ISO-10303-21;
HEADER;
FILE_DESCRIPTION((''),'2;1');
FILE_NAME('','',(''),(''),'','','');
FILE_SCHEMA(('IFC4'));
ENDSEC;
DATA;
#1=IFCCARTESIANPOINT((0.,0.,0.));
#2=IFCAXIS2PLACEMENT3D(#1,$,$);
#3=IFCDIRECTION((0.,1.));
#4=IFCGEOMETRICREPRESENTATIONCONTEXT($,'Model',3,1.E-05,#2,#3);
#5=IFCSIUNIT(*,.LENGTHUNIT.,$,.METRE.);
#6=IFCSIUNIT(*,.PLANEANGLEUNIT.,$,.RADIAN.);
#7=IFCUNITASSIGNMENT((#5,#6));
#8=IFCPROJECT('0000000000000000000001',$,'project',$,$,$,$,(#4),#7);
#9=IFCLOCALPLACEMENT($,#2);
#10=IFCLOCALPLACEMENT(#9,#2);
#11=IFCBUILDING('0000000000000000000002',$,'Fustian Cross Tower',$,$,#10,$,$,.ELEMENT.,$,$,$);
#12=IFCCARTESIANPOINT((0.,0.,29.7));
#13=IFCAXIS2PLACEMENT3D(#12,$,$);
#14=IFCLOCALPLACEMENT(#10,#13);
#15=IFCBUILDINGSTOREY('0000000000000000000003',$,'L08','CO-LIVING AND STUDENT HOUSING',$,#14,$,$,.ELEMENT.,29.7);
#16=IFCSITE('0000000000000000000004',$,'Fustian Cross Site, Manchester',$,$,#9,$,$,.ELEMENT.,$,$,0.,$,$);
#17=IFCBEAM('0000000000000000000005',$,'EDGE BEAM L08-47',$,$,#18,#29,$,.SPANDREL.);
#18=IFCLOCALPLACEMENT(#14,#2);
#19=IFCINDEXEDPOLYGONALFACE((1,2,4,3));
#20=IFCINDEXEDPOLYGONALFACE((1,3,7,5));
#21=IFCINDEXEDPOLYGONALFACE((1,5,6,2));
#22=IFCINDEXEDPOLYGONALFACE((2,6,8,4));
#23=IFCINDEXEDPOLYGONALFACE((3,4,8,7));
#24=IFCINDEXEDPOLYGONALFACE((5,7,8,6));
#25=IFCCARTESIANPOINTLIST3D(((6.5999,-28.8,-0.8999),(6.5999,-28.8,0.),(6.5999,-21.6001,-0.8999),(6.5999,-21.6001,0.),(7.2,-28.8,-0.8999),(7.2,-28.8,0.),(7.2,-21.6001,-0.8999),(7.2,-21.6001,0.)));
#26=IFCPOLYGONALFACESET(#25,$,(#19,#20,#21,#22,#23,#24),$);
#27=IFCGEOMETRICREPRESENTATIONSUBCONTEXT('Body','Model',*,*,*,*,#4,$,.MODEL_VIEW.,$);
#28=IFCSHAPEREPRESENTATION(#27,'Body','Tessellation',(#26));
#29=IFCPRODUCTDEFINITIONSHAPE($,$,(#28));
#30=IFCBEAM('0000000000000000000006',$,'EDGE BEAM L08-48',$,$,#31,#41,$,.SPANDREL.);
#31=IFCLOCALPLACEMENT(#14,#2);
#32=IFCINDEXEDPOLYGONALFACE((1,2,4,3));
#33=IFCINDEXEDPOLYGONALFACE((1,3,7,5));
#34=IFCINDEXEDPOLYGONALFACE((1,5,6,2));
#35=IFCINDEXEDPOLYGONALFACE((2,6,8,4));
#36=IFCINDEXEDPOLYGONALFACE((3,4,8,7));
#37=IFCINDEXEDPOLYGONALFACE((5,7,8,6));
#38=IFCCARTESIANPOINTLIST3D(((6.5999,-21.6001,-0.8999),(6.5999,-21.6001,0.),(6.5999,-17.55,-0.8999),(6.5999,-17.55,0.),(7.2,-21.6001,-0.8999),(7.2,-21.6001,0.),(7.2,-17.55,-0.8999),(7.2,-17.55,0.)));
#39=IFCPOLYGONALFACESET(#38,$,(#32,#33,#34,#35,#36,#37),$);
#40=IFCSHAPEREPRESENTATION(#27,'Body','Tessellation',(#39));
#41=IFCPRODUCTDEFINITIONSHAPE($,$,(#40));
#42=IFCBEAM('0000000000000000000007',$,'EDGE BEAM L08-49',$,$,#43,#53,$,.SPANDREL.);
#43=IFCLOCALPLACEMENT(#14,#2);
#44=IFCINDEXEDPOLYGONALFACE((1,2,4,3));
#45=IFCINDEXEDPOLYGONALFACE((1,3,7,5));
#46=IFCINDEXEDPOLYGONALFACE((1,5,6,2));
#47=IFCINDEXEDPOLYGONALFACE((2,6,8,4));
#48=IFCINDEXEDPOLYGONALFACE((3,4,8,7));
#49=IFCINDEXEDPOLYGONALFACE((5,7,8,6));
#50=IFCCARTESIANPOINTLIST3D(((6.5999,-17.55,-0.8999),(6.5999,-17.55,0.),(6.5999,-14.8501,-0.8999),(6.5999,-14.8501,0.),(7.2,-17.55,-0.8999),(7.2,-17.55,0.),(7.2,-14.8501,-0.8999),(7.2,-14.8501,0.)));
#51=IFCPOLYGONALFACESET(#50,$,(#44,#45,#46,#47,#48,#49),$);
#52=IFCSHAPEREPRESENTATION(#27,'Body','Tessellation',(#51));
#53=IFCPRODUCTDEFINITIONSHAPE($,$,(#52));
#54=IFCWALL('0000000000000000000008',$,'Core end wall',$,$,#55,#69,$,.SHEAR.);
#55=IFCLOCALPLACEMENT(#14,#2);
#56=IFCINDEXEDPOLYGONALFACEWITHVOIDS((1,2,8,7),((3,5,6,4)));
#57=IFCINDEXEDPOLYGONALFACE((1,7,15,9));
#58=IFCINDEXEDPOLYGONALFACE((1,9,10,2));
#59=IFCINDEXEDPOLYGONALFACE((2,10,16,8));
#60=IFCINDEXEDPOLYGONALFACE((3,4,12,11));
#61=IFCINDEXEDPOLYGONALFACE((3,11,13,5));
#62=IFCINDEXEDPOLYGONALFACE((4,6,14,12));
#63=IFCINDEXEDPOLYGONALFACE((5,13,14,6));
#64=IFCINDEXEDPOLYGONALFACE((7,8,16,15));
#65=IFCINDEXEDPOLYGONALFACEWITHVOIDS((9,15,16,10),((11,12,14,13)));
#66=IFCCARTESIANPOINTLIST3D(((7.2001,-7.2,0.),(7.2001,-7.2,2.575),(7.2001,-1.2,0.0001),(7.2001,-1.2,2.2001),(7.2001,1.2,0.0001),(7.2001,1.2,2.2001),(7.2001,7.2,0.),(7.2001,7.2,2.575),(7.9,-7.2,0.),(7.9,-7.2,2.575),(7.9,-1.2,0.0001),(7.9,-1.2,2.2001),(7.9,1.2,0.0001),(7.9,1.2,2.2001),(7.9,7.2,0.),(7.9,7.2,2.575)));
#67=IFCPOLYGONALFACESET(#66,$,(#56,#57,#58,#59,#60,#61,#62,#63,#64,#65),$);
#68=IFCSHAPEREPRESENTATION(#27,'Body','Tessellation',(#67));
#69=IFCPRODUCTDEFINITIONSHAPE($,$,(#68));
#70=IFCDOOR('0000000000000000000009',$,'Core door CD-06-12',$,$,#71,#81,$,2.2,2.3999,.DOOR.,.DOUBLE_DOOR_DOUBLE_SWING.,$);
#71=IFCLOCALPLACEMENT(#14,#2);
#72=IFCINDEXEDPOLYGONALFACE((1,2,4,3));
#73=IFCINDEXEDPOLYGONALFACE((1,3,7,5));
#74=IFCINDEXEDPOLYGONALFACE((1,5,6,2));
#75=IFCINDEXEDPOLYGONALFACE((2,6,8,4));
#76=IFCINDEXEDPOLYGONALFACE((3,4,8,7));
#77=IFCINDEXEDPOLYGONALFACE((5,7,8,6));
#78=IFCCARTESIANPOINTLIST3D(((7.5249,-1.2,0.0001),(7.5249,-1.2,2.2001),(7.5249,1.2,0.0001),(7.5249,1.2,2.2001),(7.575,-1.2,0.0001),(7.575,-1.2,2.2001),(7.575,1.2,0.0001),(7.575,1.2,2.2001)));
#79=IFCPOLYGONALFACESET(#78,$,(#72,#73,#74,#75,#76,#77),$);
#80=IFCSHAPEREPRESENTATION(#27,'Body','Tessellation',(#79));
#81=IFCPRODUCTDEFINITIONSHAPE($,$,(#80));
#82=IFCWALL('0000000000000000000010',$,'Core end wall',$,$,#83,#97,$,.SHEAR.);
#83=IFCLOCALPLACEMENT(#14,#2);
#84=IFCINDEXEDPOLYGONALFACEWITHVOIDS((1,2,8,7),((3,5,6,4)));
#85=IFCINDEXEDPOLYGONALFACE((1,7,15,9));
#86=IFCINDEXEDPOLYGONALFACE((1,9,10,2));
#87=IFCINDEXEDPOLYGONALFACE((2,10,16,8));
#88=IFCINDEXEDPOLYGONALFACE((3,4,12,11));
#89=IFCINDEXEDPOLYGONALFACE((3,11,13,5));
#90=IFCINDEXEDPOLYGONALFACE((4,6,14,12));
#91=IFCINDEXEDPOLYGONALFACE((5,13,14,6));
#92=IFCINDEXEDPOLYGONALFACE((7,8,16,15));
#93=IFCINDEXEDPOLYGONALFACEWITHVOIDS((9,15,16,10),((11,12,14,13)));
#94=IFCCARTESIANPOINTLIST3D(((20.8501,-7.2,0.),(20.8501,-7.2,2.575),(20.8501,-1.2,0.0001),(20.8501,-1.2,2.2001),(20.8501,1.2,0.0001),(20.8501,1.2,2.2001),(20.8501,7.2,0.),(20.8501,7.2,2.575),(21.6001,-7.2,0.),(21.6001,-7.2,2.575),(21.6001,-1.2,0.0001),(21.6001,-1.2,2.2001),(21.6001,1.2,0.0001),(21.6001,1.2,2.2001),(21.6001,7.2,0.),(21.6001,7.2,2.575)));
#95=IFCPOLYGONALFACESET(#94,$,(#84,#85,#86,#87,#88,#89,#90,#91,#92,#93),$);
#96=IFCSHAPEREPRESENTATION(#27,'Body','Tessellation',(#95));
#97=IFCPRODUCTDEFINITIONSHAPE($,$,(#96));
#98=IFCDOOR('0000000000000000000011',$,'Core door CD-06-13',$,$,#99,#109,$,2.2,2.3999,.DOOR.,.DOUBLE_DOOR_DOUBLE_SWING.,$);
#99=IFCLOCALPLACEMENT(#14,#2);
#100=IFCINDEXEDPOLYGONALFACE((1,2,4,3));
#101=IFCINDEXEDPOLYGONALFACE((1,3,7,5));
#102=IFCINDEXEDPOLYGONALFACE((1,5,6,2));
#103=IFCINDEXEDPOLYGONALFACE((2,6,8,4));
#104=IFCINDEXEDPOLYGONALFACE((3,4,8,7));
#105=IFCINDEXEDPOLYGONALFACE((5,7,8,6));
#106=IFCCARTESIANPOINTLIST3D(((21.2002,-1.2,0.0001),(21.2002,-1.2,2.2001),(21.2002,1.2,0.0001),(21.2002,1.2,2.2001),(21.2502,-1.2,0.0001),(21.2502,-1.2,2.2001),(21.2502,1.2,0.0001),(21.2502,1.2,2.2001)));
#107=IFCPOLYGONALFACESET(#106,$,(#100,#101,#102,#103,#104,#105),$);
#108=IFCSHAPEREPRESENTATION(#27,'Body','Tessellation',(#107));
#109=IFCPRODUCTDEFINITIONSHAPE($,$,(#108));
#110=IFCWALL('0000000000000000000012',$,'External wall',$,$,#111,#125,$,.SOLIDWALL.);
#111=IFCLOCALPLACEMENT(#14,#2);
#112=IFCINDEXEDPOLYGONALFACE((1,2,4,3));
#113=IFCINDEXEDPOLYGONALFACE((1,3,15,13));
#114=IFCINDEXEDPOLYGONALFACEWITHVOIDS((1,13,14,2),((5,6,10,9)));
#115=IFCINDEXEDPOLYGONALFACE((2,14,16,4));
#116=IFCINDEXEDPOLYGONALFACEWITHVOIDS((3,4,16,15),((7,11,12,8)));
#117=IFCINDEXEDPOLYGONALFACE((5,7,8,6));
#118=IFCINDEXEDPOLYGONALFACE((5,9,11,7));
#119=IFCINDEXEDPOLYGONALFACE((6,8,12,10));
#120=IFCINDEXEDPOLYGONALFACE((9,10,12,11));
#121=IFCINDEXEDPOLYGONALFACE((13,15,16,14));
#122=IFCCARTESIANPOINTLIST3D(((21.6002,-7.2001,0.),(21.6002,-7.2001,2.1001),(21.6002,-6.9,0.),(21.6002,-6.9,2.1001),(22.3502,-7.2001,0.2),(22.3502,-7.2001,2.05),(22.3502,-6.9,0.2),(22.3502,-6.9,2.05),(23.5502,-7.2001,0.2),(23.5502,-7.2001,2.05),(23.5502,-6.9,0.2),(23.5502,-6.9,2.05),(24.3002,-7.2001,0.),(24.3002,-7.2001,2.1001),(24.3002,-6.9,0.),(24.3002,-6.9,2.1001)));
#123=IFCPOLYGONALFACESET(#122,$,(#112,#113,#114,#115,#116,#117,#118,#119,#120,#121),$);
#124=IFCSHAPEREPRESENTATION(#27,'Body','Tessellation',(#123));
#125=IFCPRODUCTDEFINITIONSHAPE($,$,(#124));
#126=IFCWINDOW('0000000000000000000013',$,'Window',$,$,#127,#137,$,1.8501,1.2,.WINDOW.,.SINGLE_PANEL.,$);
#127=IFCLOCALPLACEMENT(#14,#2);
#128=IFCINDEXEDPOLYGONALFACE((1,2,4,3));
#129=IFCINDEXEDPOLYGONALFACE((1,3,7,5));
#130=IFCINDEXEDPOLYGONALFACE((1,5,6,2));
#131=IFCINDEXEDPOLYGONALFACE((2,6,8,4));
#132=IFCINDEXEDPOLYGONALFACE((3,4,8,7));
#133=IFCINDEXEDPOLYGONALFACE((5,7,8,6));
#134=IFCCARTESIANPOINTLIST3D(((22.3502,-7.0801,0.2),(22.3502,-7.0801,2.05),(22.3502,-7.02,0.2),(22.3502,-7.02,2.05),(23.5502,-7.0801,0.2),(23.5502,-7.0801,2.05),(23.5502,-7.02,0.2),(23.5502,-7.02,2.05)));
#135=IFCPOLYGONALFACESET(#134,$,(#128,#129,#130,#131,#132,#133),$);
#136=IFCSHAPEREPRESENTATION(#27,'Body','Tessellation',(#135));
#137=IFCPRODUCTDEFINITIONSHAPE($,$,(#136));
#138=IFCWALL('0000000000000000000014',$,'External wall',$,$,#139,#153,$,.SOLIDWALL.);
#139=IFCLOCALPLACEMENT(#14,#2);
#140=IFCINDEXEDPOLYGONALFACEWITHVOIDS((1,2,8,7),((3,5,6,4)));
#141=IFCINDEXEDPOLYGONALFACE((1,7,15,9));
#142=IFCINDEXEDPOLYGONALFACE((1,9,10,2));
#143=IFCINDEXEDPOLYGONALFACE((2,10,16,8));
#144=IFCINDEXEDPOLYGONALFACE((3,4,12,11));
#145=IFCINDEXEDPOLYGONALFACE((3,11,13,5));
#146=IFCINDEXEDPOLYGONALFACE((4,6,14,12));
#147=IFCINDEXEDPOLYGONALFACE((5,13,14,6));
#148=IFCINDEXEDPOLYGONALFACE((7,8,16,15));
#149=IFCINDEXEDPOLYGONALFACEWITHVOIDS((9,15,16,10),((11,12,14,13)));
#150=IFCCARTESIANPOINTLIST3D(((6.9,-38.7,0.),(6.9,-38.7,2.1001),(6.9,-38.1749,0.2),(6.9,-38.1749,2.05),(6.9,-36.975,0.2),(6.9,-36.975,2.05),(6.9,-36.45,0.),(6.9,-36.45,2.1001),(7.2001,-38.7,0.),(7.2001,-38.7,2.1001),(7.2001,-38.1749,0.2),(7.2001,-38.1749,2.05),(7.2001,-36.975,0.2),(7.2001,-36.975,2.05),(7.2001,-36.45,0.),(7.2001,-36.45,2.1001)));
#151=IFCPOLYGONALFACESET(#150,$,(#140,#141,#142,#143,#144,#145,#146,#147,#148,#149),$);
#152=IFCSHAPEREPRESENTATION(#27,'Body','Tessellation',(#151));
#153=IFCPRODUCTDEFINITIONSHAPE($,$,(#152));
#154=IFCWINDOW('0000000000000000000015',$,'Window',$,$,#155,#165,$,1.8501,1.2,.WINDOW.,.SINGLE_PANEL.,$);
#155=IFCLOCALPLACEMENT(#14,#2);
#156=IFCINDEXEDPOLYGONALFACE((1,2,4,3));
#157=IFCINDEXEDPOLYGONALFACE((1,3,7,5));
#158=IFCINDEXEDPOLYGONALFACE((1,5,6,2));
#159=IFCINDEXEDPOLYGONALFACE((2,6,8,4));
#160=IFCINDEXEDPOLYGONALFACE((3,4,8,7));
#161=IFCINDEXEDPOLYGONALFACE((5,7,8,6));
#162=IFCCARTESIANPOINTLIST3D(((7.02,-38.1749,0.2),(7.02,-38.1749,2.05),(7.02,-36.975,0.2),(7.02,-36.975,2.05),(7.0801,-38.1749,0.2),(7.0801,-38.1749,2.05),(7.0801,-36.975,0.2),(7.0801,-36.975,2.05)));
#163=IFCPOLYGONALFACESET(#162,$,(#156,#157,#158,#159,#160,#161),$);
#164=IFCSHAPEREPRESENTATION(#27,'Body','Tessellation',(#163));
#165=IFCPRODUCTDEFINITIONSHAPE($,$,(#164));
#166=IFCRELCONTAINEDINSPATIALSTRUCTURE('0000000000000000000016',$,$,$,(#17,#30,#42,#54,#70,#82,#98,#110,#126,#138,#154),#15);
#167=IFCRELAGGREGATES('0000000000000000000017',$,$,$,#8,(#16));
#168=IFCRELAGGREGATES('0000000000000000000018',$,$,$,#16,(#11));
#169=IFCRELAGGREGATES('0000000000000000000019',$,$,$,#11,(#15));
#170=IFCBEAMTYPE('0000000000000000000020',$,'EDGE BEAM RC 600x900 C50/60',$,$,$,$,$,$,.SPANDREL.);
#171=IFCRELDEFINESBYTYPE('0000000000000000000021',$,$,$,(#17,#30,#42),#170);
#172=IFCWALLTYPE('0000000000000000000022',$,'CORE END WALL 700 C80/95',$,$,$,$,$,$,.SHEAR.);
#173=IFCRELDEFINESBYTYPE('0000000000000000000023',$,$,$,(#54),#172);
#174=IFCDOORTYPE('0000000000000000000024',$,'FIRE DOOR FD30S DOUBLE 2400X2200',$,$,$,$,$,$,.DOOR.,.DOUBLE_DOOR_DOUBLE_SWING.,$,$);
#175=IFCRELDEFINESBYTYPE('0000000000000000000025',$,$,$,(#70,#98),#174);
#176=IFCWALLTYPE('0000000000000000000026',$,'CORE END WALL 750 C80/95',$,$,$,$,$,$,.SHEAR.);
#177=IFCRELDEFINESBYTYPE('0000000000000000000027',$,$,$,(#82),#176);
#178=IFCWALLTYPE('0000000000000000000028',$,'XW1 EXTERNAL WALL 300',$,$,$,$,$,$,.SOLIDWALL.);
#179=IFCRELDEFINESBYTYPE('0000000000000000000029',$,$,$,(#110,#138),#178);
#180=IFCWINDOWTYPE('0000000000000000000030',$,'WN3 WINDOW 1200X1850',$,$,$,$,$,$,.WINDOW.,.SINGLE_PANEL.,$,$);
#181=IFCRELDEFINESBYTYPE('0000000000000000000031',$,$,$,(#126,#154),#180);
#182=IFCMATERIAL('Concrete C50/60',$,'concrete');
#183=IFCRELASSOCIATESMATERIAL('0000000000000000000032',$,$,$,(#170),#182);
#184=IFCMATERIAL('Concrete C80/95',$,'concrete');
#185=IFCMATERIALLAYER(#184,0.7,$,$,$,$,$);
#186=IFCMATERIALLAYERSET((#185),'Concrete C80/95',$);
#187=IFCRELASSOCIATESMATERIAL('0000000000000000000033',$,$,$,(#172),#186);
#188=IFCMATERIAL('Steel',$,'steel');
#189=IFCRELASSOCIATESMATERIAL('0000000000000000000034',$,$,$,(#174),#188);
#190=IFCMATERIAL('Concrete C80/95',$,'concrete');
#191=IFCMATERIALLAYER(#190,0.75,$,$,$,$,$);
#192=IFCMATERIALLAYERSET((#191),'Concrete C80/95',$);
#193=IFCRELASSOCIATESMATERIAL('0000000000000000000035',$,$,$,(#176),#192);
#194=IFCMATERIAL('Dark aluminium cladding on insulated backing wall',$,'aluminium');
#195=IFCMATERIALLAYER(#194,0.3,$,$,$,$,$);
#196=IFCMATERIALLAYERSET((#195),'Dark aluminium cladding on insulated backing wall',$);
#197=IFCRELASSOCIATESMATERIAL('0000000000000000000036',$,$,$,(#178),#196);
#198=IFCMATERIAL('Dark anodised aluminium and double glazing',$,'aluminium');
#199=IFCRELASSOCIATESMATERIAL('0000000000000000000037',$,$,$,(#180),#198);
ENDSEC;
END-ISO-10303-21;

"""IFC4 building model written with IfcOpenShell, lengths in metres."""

from ifc_helpers import new_model, si_unit, direction, frame, frame_2d, origin, origin_2d, place, context, subcontext, project, spatial, rectangle, extrude, material, layer, layer_set, material_profile, profile_set, type_object, element, fill, save


model = new_model("IFC4")

# Units and contexts
model_context = context("Model", 3, precision=1e-05, world=origin(), true_north=direction((0.0, 1.0)))
body_context = subcontext(model_context, "Body", "Model", "MODEL_VIEW")
ifc_project = project(units=[si_unit("LENGTHUNIT", "METRE"), si_unit("PLANEANGLEUNIT", "RADIAN")], contexts=[model_context])

# Site, building, storey
site_placement = place(None, origin())
site = spatial("IfcSite", under=ifc_project, at=site_placement, Name="Fustian Cross Site, Manchester", CompositionType="ELEMENT", RefElevation=0.0)
building_placement = place(site_placement, origin())
building = spatial("IfcBuilding", under=site, at=building_placement, Name="Fustian Cross Tower", CompositionType="ELEMENT")
storey_placement = place(building_placement, frame((0.0, 0.0, 29.7)))
storey = spatial("IfcBuildingStorey", under=building, at=storey_placement, Name="L08", Description="CO-LIVING AND STUDENT HOUSING", CompositionType="ELEMENT", Elevation=29.7)

# Beams
ifc_material_1 = material(Name="Concrete C50/60", Category="concrete")
ifc_material_profile = material_profile(ifc_material_1, rectangle(XDim=0.6001, YDim=0.8999, at=origin_2d()), Name="RC 600x900")
ifc_profile_set = profile_set([ifc_material_profile], Name="Concrete C50/60")
beam_type = type_object("IfcBeamType", Name="EDGE BEAM RC 600x900 C50/60", PredefinedType="SPANDREL", material=ifc_profile_set)
beam_1_placement = place(storey_placement, frame((6.8999, -28.8, -0.45), z_axis=(0.0, 1.0, 0.0), x_axis=(-1.0, 0.0, 0.0)))
element("IfcBeam", 1, at=beam_1_placement, inside=storey, type_object=beam_type, Name="EDGE BEAM L08-47", PredefinedType="SPANDREL", context=body_context, shape_type="SweptSolid", body=[
    extrude(rectangle(XDim=0.6001, YDim=0.8999, at=origin_2d()), origin(), (0.0, 0.0, 1.0), 7.2),
])
beam_2_placement = place(storey_placement, frame((6.8999, -21.6001, -0.45), z_axis=(0.0, 1.0, 0.0), x_axis=(-1.0, 0.0, 0.0)))
element("IfcBeam", 2, at=beam_2_placement, inside=storey, type_object=beam_type, Name="EDGE BEAM L08-48", PredefinedType="SPANDREL", context=body_context, shape_type="SweptSolid", body=[
    extrude(rectangle(XDim=0.6001, YDim=0.8999, at=origin_2d()), origin(), (0.0, 0.0, 1.0), 4.05),
])
beam_3_placement = place(storey_placement, frame((6.8999, -17.55, -0.45), z_axis=(0.0, 1.0, 0.0), x_axis=(-1.0, 0.0, 0.0)))
element("IfcBeam", 3, at=beam_3_placement, inside=storey, type_object=beam_type, Name="EDGE BEAM L08-49", PredefinedType="SPANDREL", context=body_context, shape_type="SweptSolid", body=[
    extrude(rectangle(XDim=0.6001, YDim=0.8999, at=origin_2d()), origin(), (0.0, 0.0, 1.0), 2.7),
])

# Walls, openings, doors
ifc_material_2 = material(Name="Concrete C80/95", Category="concrete")
ifc_layer_1 = layer(ifc_material_2, 0.7)
ifc_layer_set_1 = layer_set([ifc_layer_1], Name="Concrete C80/95")
wall_type_1 = type_object("IfcWallType", Name="CORE END WALL 700 C80/95", PredefinedType="SHEAR", material=ifc_layer_set_1)
wall_1_placement = place(storey_placement, frame((7.55, -7.2, 0.0), z_axis=(0.0, 0.0, 1.0), x_axis=(0.0, 1.0, 0.0)))
wall_1 = element("IfcWall", 4, at=wall_1_placement, inside=storey, type_object=wall_type_1, Name="Core end wall", PredefinedType="SHEAR", context=body_context, shape_type="SweptSolid", body=[
    extrude(rectangle(XDim=14.3999, YDim=0.7, at=frame_2d((7.2, 0.0))), origin(), (0.0, 0.0, 1.0), 2.575),
])
opening_1_placement = place(wall_1_placement, frame((6.0, 0.0, 0.0)))
opening_1 = element("IfcOpeningElement", 5, at=opening_1_placement, cuts=wall_1, PredefinedType="OPENING", context=body_context, shape_type="SweptSolid", body=[
    extrude(rectangle(XDim=2.3999, YDim=2.2, at=frame_2d((1.2, 1.1001))), frame((0.0, 0.3599, 0.0), z_axis=(0.0, -1.0, 0.0), x_axis=(1.0, 0.0, 0.0)), (0.0, 0.0, 1.0), 0.72),
])
ifc_material_3 = material(Name="Steel", Category="steel")
door_type = type_object("IfcDoorType", Name="FIRE DOOR FD30S DOUBLE 2400X2200", OperationType="DOUBLE_DOOR_DOUBLE_SWING", PredefinedType="DOOR", material=ifc_material_3)
door_1_placement = place(opening_1_placement, frame((2.3999, 0.0, 0.0), z_axis=(0.0, 0.0, 1.0), x_axis=(-1.0, 0.0, 0.0)))
door_1 = element("IfcDoor", 6, at=door_1_placement, inside=storey, type_object=door_type, Name="Core door CD-06-12", OperationType="DOUBLE_DOOR_DOUBLE_SWING", OverallHeight=2.2, OverallWidth=2.3999, PredefinedType="DOOR", context=body_context, shape_type="SweptSolid", body=[
    extrude(rectangle(XDim=2.3999, YDim=2.2, at=frame_2d((1.2, 1.1001))), frame((0.0, 0.0249, 0.0), z_axis=(0.0, -1.0, 0.0), x_axis=(1.0, 0.0, 0.0)), (0.0, 0.0, 1.0), 0.05),
])
fill(opening_1, door_1)
ifc_material_4 = material(Name="Concrete C80/95", Category="concrete")
ifc_layer_2 = layer(ifc_material_4, 0.75)
ifc_layer_set_2 = layer_set([ifc_layer_2], Name="Concrete C80/95")
wall_type_2 = type_object("IfcWallType", Name="CORE END WALL 750 C80/95", PredefinedType="SHEAR", material=ifc_layer_set_2)
wall_2_placement = place(storey_placement, frame((21.2251, -7.2, 0.0), z_axis=(0.0, 0.0, 1.0), x_axis=(0.0, 1.0, 0.0)))
wall_2 = element("IfcWall", 7, at=wall_2_placement, inside=storey, type_object=wall_type_2, Name="Core end wall", PredefinedType="SHEAR", context=body_context, shape_type="SweptSolid", body=[
    extrude(rectangle(XDim=14.3999, YDim=0.75, at=frame_2d((7.2, 0.0))), origin(), (0.0, 0.0, 1.0), 2.575),
])
opening_2_placement = place(wall_2_placement, frame((6.0, 0.0, 0.0)))
opening_2 = element("IfcOpeningElement", 8, at=opening_2_placement, cuts=wall_2, PredefinedType="OPENING", context=body_context, shape_type="SweptSolid", body=[
    extrude(rectangle(XDim=2.3999, YDim=2.2, at=frame_2d((1.2, 1.1001))), frame((0.0, 0.385, 0.0), z_axis=(0.0, -1.0, 0.0), x_axis=(1.0, 0.0, 0.0)), (0.0, 0.0, 1.0), 0.77),
])
door_2_placement = place(opening_2_placement, origin())
door_2 = element("IfcDoor", 9, at=door_2_placement, inside=storey, type_object=door_type, Name="Core door CD-06-13", OperationType="DOUBLE_DOOR_DOUBLE_SWING", OverallHeight=2.2, OverallWidth=2.3999, PredefinedType="DOOR", context=body_context, shape_type="SweptSolid", body=[
    extrude(rectangle(XDim=2.3999, YDim=2.2, at=frame_2d((1.2, 1.1001))), frame((0.0, 0.0249, 0.0), z_axis=(0.0, -1.0, 0.0), x_axis=(1.0, 0.0, 0.0)), (0.0, 0.0, 1.0), 0.05),
])
fill(opening_2, door_2)

# Walls, openings, windows
ifc_material_5 = material(Name="Dark aluminium cladding on insulated backing wall", Category="aluminium")
ifc_layer_3 = layer(ifc_material_5, 0.3)
ifc_layer_set_3 = layer_set([ifc_layer_3], Name="Dark aluminium cladding on insulated backing wall")
wall_type_3 = type_object("IfcWallType", Name="XW1 EXTERNAL WALL 300", PredefinedType="SOLIDWALL", material=ifc_layer_set_3)
wall_3_placement = place(storey_placement, frame((21.6001, -7.05, 0.0), z_axis=(0.0, 0.0, 1.0), x_axis=(1.0, 0.0, 0.0)))
wall_3 = element("IfcWall", 10, at=wall_3_placement, inside=storey, type_object=wall_type_3, Name="External wall", PredefinedType="SOLIDWALL", context=body_context, shape_type="SweptSolid", body=[
    extrude(rectangle(XDim=2.7, YDim=0.3, at=frame_2d((1.3501, 0.0))), origin(), (0.0, 0.0, 1.0), 2.1001),
])
opening_3_placement = place(wall_3_placement, frame((0.75, 0.0, 0.2)))
opening_3 = element("IfcOpeningElement", 11, at=opening_3_placement, cuts=wall_3, PredefinedType="OPENING", context=body_context, shape_type="SweptSolid", body=[
    extrude(rectangle(XDim=1.2, YDim=1.8501, at=frame_2d((0.6001, 0.925))), frame((0.0, 0.1599, 0.0), z_axis=(0.0, -1.0, 0.0), x_axis=(1.0, 0.0, 0.0)), (0.0, 0.0, 1.0), 0.3201),
])
ifc_material_6 = material(Name="Dark anodised aluminium and double glazing", Category="aluminium")
window_type_1 = type_object("IfcWindowType", Name="WN3 WINDOW 1200X1850", PartitioningType="SINGLE_PANEL", PredefinedType="WINDOW", material=ifc_material_6)
window_1_placement = place(opening_3_placement, origin())
window_1 = element("IfcWindow", 12, at=window_1_placement, inside=storey, type_object=window_type_1, Name="Window", OverallHeight=1.8501, OverallWidth=1.2, PartitioningType="SINGLE_PANEL", PredefinedType="WINDOW", context=body_context, shape_type="SweptSolid", body=[
    extrude(rectangle(XDim=1.2, YDim=1.8501, at=frame_2d((0.6001, 0.925))), frame((0.0, 0.03, 0.0), z_axis=(0.0, -1.0, 0.0), x_axis=(1.0, 0.0, 0.0)), (0.0, 0.0, 1.0), 0.0601),
])
fill(opening_3, window_1)
wall_4_placement = place(storey_placement, frame((7.05, -38.7, 0.0), z_axis=(0.0, 0.0, 1.0), x_axis=(0.0, 1.0, 0.0)))
wall_4 = element("IfcWall", 13, at=wall_4_placement, inside=storey, type_object=wall_type_3, Name="External wall", PredefinedType="SOLIDWALL", context=body_context, shape_type="SweptSolid", body=[
    extrude(rectangle(XDim=2.25, YDim=0.3, at=frame_2d((1.125, 0.0))), origin(), (0.0, 0.0, 1.0), 2.1001),
])
opening_4_placement = place(wall_4_placement, frame((0.5249, 0.0, 0.2)))
opening_4 = element("IfcOpeningElement", 14, at=opening_4_placement, cuts=wall_4, PredefinedType="OPENING", context=body_context, shape_type="SweptSolid", body=[
    extrude(rectangle(XDim=1.2, YDim=1.8501, at=frame_2d((0.6001, 0.925))), frame((0.0, 0.1599, 0.0), z_axis=(0.0, -1.0, 0.0), x_axis=(1.0, 0.0, 0.0)), (0.0, 0.0, 1.0), 0.3201),
])
window_2_placement = place(opening_4_placement, origin())
window_2 = element("IfcWindow", 15, at=window_2_placement, inside=storey, type_object=window_type_1, Name="Window", OverallHeight=1.8501, OverallWidth=1.2, PartitioningType="SINGLE_PANEL", PredefinedType="WINDOW", context=body_context, shape_type="SweptSolid", body=[
    extrude(rectangle(XDim=1.2, YDim=1.8501, at=frame_2d((0.6001, 0.925))), frame((0.0, 0.03, 0.0), z_axis=(0.0, -1.0, 0.0), x_axis=(1.0, 0.0, 0.0)), (0.0, 0.0, 1.0), 0.0601),
])
fill(opening_4, window_2)

save(model, "model.ifc")
